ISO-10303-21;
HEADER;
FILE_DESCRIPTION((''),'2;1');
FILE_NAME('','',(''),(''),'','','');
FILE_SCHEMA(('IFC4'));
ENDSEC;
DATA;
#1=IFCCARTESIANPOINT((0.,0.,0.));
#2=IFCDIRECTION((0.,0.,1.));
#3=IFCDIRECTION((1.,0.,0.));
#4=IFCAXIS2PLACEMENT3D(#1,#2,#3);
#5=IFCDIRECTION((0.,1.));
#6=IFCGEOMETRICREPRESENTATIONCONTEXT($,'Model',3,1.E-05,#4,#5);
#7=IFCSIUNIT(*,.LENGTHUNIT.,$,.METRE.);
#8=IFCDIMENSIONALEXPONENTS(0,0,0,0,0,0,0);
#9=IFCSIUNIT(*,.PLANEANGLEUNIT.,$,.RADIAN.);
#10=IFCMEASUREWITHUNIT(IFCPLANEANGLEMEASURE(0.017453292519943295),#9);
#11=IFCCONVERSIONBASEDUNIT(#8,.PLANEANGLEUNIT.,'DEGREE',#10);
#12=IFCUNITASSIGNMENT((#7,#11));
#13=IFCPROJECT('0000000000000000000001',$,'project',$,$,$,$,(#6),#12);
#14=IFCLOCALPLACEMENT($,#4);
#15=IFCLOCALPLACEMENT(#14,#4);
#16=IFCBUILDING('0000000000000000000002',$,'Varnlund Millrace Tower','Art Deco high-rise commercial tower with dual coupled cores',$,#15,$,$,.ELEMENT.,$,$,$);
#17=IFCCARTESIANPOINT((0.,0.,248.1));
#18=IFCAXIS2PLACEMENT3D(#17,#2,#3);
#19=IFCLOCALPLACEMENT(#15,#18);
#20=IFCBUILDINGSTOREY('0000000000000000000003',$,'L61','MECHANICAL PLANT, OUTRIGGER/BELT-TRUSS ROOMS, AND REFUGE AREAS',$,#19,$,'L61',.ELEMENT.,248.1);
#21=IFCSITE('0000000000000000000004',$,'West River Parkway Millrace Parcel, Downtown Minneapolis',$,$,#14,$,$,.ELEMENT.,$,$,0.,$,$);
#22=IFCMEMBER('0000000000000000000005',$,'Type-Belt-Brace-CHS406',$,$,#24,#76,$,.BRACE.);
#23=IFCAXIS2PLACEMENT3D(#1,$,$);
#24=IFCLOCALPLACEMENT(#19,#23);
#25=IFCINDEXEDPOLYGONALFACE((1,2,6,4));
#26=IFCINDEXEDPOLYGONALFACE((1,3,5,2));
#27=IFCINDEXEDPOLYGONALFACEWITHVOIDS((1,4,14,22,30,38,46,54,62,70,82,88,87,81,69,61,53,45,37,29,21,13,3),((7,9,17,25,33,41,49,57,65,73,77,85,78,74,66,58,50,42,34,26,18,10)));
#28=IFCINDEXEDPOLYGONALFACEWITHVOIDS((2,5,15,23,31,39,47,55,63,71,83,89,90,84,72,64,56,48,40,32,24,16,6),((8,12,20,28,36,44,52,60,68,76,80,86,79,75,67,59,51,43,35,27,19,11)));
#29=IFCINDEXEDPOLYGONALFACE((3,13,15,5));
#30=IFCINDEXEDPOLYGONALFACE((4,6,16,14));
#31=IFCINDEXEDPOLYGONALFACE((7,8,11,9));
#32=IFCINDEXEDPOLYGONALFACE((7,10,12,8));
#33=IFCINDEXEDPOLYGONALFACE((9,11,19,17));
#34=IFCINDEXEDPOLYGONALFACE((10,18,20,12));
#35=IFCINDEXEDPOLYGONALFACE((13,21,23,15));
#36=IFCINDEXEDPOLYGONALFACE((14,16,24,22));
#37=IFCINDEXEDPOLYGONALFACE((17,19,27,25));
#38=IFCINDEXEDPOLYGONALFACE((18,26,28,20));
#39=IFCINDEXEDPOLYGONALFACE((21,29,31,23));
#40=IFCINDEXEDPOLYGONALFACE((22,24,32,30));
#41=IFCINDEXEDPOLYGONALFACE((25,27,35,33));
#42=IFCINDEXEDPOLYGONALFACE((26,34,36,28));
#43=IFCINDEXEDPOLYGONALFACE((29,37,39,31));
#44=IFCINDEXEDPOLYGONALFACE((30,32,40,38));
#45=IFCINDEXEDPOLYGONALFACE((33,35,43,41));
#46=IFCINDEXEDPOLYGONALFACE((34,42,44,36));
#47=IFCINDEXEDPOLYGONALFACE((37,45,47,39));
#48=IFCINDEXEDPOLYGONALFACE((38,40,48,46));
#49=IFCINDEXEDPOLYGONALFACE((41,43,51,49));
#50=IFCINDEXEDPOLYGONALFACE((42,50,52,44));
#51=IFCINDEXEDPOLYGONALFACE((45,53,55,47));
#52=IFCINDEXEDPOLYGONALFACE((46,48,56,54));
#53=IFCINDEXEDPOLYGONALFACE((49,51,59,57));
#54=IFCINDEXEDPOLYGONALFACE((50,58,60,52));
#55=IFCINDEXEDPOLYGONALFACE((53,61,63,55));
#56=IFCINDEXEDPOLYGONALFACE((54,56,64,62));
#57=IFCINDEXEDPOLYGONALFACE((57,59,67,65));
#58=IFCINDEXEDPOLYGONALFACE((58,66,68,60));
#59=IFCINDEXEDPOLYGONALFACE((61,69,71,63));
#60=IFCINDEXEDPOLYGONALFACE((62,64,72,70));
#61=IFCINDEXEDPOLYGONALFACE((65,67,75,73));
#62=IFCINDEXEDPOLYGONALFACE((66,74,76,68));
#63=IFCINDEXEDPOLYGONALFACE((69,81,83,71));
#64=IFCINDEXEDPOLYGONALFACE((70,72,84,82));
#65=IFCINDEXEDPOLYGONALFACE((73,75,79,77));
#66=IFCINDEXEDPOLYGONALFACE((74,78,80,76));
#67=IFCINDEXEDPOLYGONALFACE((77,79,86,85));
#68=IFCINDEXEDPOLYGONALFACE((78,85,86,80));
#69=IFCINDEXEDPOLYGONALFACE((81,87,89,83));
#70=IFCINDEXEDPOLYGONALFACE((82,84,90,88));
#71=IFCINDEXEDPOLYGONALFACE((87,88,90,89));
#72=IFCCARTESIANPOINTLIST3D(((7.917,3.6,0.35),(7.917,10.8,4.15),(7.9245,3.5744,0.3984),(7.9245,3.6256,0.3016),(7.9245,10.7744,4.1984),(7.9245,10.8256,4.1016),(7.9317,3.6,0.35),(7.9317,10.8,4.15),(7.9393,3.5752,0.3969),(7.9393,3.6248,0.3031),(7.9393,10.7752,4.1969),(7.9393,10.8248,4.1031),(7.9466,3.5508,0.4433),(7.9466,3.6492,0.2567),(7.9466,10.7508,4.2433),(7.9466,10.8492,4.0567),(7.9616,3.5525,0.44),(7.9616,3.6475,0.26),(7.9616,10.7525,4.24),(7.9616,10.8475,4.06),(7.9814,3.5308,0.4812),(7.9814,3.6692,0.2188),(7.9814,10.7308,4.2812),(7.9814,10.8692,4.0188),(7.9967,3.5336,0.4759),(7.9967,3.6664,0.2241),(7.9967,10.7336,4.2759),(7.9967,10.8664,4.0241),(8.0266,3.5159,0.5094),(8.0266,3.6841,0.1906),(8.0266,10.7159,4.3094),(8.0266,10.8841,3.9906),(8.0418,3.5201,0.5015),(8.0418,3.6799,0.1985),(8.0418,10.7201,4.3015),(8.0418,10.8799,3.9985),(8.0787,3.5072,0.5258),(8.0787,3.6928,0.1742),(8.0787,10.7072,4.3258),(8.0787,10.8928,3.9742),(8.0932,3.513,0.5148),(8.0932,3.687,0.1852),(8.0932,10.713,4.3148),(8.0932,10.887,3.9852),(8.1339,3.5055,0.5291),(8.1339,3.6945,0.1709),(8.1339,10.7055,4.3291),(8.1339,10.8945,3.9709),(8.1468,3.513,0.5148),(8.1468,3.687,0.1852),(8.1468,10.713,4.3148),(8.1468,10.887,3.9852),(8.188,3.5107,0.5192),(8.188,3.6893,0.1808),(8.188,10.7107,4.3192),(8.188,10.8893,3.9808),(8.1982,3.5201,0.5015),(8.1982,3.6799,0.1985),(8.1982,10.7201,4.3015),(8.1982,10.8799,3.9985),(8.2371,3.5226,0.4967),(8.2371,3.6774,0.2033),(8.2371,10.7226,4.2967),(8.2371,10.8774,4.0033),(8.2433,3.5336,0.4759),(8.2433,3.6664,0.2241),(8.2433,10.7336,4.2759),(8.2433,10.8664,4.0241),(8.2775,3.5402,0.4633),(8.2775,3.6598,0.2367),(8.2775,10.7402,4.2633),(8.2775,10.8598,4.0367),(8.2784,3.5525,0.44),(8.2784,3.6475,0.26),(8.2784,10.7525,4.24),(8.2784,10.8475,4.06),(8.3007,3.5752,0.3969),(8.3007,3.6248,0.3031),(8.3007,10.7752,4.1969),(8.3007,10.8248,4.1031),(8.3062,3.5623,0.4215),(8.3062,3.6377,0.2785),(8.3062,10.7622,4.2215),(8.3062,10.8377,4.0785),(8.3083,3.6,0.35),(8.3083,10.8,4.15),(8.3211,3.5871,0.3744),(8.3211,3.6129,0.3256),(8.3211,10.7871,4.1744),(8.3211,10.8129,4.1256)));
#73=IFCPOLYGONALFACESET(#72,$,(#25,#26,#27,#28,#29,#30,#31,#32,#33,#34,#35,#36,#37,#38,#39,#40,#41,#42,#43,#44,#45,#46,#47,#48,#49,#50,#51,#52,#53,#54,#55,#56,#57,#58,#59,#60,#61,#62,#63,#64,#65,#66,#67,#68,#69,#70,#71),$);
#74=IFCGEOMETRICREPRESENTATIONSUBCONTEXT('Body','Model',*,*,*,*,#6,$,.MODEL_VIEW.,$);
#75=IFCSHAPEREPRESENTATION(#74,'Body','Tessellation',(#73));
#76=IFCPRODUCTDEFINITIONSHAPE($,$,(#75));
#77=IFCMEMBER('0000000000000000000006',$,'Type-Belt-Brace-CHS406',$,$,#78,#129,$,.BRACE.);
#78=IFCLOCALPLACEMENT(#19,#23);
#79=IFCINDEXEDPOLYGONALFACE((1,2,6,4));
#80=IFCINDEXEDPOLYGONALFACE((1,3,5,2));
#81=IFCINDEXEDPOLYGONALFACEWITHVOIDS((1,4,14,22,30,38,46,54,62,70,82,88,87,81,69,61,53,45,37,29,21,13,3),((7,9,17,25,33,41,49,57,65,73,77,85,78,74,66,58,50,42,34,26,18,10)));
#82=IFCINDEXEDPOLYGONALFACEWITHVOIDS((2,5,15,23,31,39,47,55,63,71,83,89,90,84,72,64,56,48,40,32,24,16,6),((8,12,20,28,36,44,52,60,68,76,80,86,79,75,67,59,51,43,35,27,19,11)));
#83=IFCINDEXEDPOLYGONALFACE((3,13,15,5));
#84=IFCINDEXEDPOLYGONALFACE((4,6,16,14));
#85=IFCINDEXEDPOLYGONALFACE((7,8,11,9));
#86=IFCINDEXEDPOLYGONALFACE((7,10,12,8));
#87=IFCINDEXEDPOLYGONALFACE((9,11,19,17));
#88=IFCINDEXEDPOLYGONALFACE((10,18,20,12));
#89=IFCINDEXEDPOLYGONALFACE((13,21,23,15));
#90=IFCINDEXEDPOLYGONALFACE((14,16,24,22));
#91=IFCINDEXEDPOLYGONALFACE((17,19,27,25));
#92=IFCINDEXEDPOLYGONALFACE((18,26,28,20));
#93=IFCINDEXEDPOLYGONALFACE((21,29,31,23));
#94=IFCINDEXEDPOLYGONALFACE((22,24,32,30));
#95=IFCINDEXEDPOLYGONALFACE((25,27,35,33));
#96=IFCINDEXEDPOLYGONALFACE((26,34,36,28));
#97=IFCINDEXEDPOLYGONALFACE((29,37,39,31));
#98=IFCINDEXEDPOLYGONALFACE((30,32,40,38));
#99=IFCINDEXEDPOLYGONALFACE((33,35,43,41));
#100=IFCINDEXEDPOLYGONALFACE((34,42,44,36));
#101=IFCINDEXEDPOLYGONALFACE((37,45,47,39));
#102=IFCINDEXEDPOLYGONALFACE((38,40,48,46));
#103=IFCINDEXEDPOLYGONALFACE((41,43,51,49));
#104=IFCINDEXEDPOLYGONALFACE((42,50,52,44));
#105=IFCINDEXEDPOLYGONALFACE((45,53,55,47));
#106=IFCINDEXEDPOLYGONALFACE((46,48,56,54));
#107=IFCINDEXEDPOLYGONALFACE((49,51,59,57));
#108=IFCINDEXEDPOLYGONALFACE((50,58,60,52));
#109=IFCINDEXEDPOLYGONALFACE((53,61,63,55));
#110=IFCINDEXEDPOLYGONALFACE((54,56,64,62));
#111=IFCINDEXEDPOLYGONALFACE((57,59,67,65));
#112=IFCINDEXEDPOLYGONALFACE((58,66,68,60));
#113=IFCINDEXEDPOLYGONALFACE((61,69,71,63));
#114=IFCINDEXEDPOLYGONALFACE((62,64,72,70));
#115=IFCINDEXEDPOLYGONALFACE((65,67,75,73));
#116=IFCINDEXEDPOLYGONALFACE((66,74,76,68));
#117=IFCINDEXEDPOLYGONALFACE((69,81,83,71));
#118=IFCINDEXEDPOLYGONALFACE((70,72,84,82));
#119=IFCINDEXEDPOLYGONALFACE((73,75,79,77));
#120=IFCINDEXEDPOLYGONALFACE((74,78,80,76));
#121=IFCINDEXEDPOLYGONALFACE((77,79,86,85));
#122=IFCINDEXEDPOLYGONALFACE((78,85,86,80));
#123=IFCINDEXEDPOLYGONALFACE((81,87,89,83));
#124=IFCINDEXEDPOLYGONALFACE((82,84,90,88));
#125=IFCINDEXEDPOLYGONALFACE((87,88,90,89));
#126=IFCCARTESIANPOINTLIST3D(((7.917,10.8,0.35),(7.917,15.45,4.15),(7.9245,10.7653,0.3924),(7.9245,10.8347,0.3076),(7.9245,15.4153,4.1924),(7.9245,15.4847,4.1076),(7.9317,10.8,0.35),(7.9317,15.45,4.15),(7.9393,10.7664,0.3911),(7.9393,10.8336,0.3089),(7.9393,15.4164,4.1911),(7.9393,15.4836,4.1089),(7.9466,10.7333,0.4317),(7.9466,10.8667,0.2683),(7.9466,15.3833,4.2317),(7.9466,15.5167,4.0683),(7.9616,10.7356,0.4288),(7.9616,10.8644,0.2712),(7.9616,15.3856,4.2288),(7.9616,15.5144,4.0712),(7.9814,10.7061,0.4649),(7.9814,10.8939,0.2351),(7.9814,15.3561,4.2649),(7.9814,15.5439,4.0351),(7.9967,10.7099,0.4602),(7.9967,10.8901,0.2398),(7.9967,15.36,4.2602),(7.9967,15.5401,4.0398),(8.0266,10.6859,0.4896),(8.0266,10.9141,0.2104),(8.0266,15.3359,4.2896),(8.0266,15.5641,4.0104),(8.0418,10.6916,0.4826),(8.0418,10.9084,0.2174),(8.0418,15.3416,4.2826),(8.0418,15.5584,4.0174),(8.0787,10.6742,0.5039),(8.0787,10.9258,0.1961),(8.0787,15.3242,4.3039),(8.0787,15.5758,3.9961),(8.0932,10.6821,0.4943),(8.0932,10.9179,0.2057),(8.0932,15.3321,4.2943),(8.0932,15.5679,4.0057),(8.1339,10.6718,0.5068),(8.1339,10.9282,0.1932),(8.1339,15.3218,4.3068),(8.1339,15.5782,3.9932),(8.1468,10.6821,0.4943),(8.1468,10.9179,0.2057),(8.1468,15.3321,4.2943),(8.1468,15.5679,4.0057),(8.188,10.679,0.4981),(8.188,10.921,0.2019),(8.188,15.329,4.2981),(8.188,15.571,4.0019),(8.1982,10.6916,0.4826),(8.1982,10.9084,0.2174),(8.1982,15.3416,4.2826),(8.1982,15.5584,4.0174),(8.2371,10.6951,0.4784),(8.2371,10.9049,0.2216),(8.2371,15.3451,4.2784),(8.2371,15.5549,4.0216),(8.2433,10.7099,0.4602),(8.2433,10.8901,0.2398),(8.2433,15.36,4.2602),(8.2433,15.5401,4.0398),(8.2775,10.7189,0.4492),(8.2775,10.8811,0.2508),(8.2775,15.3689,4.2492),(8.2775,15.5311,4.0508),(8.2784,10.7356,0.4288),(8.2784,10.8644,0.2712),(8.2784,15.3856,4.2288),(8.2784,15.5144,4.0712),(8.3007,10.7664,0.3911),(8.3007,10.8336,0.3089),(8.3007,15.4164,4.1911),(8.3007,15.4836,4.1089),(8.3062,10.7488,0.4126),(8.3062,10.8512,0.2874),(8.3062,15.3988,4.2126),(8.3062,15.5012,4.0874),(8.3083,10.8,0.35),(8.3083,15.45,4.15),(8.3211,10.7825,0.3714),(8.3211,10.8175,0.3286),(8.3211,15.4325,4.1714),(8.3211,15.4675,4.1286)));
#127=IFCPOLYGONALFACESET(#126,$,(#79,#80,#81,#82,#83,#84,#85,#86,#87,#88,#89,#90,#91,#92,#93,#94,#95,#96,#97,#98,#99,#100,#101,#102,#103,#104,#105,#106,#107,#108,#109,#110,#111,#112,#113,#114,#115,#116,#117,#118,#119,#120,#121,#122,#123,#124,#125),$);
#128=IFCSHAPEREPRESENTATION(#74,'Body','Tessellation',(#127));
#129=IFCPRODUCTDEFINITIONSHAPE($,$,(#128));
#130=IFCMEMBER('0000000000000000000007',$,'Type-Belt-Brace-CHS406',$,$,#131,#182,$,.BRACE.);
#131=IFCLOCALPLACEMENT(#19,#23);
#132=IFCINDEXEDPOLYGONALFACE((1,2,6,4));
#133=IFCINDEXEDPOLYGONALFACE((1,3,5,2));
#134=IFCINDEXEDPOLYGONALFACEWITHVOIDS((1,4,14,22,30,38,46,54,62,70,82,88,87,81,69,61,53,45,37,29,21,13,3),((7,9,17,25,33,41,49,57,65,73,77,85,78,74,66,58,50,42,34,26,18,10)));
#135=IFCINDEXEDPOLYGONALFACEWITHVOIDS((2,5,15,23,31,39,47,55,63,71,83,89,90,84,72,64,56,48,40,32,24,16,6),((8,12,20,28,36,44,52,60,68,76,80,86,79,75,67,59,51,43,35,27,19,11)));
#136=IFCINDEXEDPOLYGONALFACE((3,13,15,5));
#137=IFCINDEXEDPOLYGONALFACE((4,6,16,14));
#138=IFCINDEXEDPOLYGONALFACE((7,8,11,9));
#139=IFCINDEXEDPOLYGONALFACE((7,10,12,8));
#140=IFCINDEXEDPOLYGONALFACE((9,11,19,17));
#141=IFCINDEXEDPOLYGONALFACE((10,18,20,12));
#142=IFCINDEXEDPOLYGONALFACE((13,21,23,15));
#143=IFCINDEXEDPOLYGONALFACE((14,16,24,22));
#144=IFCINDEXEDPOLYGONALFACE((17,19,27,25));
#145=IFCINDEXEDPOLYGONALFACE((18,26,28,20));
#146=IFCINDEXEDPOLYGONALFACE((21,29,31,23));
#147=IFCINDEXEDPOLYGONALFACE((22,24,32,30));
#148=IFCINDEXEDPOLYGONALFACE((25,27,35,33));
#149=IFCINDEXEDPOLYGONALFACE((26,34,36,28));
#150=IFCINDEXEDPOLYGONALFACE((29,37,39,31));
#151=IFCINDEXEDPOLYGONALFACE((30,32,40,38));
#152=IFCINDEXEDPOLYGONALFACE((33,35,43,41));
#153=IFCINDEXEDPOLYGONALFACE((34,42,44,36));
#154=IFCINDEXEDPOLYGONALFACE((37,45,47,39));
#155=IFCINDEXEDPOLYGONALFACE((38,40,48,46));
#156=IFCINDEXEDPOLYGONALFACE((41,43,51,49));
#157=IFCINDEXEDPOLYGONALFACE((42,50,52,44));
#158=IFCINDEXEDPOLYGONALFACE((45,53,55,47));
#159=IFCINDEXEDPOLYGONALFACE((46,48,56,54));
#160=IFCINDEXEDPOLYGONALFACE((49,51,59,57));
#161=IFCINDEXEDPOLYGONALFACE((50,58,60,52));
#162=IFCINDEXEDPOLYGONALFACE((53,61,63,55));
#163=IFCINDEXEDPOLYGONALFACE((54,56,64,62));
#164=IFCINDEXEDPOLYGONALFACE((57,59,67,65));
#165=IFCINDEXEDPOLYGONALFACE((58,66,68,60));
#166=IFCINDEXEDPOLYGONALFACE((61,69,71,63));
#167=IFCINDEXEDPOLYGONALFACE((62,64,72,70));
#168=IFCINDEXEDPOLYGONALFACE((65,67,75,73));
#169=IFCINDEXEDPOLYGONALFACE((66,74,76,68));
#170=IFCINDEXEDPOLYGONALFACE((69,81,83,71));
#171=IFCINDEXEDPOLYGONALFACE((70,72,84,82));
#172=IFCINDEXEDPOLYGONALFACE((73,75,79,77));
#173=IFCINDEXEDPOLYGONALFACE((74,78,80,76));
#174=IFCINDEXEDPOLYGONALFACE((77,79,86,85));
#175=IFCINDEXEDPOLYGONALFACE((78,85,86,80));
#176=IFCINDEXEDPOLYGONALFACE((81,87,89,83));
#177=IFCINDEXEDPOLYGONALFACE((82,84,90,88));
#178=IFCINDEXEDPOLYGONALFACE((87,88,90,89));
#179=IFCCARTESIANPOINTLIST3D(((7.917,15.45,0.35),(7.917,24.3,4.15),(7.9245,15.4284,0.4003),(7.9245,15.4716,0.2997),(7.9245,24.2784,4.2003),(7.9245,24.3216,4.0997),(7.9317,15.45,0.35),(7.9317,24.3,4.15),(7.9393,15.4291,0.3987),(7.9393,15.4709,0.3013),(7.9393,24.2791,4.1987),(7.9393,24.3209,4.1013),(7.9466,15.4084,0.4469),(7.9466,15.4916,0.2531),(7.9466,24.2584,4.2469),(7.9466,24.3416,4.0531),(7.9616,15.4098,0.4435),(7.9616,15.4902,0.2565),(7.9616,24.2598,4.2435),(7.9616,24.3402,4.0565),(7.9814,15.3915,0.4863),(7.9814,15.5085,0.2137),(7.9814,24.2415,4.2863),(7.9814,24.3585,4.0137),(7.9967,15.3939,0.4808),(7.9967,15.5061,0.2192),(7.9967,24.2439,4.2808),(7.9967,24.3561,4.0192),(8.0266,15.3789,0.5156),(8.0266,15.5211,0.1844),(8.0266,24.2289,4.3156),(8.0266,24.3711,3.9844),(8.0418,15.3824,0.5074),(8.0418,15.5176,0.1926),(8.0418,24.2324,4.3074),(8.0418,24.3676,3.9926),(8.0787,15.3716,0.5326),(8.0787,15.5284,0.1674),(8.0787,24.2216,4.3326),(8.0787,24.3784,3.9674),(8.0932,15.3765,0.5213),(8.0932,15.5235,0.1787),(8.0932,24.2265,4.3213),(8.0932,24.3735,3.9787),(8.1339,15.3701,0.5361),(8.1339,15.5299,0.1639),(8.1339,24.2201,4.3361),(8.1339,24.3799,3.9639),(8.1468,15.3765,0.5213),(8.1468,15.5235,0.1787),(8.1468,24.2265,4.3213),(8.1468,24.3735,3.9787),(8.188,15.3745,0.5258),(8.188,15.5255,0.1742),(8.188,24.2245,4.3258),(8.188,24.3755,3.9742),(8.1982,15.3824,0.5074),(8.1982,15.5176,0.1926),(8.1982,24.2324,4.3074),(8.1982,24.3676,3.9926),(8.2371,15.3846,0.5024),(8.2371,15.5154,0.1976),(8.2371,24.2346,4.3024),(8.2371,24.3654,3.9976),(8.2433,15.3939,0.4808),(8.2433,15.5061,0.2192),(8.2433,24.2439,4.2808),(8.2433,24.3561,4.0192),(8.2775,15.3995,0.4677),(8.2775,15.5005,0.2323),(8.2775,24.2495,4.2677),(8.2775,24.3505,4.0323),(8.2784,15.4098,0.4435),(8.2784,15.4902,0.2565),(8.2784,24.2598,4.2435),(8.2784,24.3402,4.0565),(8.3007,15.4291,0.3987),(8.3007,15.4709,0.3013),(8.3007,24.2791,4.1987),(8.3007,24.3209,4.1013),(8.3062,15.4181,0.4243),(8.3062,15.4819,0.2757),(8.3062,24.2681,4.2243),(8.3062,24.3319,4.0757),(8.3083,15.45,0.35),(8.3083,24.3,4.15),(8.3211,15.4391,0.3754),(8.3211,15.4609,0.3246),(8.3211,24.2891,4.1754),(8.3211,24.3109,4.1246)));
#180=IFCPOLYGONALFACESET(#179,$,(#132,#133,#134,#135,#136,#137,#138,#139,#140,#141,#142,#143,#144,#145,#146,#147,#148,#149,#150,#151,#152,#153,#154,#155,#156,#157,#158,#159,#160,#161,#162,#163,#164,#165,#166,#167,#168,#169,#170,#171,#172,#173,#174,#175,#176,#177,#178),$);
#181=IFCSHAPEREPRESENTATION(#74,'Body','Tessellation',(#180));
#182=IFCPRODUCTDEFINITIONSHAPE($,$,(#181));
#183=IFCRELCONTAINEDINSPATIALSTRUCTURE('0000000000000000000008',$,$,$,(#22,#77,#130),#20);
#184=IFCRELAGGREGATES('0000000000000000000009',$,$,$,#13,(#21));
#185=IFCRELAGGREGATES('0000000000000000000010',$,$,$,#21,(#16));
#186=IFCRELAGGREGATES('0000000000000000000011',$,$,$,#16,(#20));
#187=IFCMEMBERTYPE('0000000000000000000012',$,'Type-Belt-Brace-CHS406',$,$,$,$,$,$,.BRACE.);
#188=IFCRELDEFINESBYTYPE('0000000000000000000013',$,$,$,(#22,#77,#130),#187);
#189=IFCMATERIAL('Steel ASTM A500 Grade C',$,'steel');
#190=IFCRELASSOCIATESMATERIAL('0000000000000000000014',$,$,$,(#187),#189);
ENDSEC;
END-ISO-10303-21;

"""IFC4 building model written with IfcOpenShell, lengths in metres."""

from ifc_helpers import new_model, entity, si_unit, converted_unit, direction, frame, origin_with_axes, origin_2d_with_axis, place, context, subcontext, project, spatial, hollow_circle, extrude, material, material_profile, profile_set, type_object, element, save


model = new_model("IFC4")

# Units and contexts
model_context = context("Model", 3, precision=1e-05, world=origin_with_axes(), true_north=direction((0.0, 1.0)))
body_context = subcontext(model_context, "Body", "Model", "MODEL_VIEW")
ifc_project = project(units=[si_unit("LENGTHUNIT", "METRE"), converted_unit("PLANEANGLEUNIT", "DEGREE", entity("IfcPlaneAngleMeasure", 0.017453292519943295), si_unit("PLANEANGLEUNIT", "RADIAN"), dimensions=[0, 0, 0, 0, 0, 0, 0])], contexts=[model_context])

# Site, building, storey
site_placement = place(None, origin_with_axes())
site = spatial("IfcSite", under=ifc_project, at=site_placement, Name="West River Parkway Millrace Parcel, Downtown Minneapolis", CompositionType="ELEMENT", RefElevation=0.0)
building_placement = place(site_placement, origin_with_axes())
building = spatial("IfcBuilding", under=site, at=building_placement, Name="Varnlund Millrace Tower", Description="Art Deco high-rise commercial tower with dual coupled cores", CompositionType="ELEMENT")
storey_placement = place(building_placement, frame((0.0, 0.0, 248.1), z_axis=(0.0, 0.0, 1.0), x_axis=(1.0, 0.0, 0.0)))
storey = spatial("IfcBuildingStorey", under=building, at=storey_placement, Name="L61", Description="MECHANICAL PLANT, OUTRIGGER/BELT-TRUSS ROOMS, AND REFUGE AREAS", LongName="L61", CompositionType="ELEMENT", Elevation=248.1)

# Members
ifc_material_1 = material(Name="Steel ASTM A500 Grade C", Category="steel")
ifc_material_profile_1 = material_profile(ifc_material_1, hollow_circle(Radius=0.203, WallThickness=0.0147, at=origin_2d_with_axis()), Name="Steel ASTM A500 Grade C")
ifc_profile_set_1 = profile_set([ifc_material_profile_1], Name="Steel ASTM A500 Grade C")
member_type = type_object("IfcMemberType", Name="Type-Belt-Brace-CHS406", PredefinedType="BRACE", material=ifc_profile_set_1)
member_1_placement = place(storey_placement, frame((8.12, 3.6, 0.35), z_axis=(0.0, 0.884385, 0.466759), x_axis=(-1.0, 0.0, 0.0)))
element("IfcMember", 1, at=member_1_placement, inside=storey, type_object=member_type, Name="Type-Belt-Brace-CHS406", PredefinedType="BRACE", context=body_context, shape_type="SweptSolid", body=[
    extrude(hollow_circle(Radius=0.203, WallThickness=0.0147, at=origin_2d_with_axis()), origin_with_axes(), (0.0, 0.0, 1.0), 8.1413),
])
member_2_placement = place(storey_placement, frame((8.12, 10.8, 0.35), z_axis=(0.0, 0.774328, 0.632784), x_axis=(-1.0, 0.0, 0.0)))
element("IfcMember", 2, at=member_2_placement, inside=storey, type_object=member_type, Name="Type-Belt-Brace-CHS406", PredefinedType="BRACE", context=body_context, shape_type="SweptSolid", body=[
    extrude(hollow_circle(Radius=0.203, WallThickness=0.0147, at=origin_2d_with_axis()), origin_with_axes(), (0.0, 0.0, 1.0), 6.0052),
])
member_3_placement = place(storey_placement, frame((8.12, 15.45, 0.35), z_axis=(0.0, 0.918876, 0.394546), x_axis=(-1.0, 0.0, 0.0)))
element("IfcMember", 3, at=member_3_placement, inside=storey, type_object=member_type, Name="Type-Belt-Brace-CHS406", PredefinedType="BRACE", context=body_context, shape_type="SweptSolid", body=[
    extrude(hollow_circle(Radius=0.203, WallThickness=0.0147, at=origin_2d_with_axis()), origin_with_axes(), (0.0, 0.0, 1.0), 9.6313),
])

save(model, "model.ifc")
